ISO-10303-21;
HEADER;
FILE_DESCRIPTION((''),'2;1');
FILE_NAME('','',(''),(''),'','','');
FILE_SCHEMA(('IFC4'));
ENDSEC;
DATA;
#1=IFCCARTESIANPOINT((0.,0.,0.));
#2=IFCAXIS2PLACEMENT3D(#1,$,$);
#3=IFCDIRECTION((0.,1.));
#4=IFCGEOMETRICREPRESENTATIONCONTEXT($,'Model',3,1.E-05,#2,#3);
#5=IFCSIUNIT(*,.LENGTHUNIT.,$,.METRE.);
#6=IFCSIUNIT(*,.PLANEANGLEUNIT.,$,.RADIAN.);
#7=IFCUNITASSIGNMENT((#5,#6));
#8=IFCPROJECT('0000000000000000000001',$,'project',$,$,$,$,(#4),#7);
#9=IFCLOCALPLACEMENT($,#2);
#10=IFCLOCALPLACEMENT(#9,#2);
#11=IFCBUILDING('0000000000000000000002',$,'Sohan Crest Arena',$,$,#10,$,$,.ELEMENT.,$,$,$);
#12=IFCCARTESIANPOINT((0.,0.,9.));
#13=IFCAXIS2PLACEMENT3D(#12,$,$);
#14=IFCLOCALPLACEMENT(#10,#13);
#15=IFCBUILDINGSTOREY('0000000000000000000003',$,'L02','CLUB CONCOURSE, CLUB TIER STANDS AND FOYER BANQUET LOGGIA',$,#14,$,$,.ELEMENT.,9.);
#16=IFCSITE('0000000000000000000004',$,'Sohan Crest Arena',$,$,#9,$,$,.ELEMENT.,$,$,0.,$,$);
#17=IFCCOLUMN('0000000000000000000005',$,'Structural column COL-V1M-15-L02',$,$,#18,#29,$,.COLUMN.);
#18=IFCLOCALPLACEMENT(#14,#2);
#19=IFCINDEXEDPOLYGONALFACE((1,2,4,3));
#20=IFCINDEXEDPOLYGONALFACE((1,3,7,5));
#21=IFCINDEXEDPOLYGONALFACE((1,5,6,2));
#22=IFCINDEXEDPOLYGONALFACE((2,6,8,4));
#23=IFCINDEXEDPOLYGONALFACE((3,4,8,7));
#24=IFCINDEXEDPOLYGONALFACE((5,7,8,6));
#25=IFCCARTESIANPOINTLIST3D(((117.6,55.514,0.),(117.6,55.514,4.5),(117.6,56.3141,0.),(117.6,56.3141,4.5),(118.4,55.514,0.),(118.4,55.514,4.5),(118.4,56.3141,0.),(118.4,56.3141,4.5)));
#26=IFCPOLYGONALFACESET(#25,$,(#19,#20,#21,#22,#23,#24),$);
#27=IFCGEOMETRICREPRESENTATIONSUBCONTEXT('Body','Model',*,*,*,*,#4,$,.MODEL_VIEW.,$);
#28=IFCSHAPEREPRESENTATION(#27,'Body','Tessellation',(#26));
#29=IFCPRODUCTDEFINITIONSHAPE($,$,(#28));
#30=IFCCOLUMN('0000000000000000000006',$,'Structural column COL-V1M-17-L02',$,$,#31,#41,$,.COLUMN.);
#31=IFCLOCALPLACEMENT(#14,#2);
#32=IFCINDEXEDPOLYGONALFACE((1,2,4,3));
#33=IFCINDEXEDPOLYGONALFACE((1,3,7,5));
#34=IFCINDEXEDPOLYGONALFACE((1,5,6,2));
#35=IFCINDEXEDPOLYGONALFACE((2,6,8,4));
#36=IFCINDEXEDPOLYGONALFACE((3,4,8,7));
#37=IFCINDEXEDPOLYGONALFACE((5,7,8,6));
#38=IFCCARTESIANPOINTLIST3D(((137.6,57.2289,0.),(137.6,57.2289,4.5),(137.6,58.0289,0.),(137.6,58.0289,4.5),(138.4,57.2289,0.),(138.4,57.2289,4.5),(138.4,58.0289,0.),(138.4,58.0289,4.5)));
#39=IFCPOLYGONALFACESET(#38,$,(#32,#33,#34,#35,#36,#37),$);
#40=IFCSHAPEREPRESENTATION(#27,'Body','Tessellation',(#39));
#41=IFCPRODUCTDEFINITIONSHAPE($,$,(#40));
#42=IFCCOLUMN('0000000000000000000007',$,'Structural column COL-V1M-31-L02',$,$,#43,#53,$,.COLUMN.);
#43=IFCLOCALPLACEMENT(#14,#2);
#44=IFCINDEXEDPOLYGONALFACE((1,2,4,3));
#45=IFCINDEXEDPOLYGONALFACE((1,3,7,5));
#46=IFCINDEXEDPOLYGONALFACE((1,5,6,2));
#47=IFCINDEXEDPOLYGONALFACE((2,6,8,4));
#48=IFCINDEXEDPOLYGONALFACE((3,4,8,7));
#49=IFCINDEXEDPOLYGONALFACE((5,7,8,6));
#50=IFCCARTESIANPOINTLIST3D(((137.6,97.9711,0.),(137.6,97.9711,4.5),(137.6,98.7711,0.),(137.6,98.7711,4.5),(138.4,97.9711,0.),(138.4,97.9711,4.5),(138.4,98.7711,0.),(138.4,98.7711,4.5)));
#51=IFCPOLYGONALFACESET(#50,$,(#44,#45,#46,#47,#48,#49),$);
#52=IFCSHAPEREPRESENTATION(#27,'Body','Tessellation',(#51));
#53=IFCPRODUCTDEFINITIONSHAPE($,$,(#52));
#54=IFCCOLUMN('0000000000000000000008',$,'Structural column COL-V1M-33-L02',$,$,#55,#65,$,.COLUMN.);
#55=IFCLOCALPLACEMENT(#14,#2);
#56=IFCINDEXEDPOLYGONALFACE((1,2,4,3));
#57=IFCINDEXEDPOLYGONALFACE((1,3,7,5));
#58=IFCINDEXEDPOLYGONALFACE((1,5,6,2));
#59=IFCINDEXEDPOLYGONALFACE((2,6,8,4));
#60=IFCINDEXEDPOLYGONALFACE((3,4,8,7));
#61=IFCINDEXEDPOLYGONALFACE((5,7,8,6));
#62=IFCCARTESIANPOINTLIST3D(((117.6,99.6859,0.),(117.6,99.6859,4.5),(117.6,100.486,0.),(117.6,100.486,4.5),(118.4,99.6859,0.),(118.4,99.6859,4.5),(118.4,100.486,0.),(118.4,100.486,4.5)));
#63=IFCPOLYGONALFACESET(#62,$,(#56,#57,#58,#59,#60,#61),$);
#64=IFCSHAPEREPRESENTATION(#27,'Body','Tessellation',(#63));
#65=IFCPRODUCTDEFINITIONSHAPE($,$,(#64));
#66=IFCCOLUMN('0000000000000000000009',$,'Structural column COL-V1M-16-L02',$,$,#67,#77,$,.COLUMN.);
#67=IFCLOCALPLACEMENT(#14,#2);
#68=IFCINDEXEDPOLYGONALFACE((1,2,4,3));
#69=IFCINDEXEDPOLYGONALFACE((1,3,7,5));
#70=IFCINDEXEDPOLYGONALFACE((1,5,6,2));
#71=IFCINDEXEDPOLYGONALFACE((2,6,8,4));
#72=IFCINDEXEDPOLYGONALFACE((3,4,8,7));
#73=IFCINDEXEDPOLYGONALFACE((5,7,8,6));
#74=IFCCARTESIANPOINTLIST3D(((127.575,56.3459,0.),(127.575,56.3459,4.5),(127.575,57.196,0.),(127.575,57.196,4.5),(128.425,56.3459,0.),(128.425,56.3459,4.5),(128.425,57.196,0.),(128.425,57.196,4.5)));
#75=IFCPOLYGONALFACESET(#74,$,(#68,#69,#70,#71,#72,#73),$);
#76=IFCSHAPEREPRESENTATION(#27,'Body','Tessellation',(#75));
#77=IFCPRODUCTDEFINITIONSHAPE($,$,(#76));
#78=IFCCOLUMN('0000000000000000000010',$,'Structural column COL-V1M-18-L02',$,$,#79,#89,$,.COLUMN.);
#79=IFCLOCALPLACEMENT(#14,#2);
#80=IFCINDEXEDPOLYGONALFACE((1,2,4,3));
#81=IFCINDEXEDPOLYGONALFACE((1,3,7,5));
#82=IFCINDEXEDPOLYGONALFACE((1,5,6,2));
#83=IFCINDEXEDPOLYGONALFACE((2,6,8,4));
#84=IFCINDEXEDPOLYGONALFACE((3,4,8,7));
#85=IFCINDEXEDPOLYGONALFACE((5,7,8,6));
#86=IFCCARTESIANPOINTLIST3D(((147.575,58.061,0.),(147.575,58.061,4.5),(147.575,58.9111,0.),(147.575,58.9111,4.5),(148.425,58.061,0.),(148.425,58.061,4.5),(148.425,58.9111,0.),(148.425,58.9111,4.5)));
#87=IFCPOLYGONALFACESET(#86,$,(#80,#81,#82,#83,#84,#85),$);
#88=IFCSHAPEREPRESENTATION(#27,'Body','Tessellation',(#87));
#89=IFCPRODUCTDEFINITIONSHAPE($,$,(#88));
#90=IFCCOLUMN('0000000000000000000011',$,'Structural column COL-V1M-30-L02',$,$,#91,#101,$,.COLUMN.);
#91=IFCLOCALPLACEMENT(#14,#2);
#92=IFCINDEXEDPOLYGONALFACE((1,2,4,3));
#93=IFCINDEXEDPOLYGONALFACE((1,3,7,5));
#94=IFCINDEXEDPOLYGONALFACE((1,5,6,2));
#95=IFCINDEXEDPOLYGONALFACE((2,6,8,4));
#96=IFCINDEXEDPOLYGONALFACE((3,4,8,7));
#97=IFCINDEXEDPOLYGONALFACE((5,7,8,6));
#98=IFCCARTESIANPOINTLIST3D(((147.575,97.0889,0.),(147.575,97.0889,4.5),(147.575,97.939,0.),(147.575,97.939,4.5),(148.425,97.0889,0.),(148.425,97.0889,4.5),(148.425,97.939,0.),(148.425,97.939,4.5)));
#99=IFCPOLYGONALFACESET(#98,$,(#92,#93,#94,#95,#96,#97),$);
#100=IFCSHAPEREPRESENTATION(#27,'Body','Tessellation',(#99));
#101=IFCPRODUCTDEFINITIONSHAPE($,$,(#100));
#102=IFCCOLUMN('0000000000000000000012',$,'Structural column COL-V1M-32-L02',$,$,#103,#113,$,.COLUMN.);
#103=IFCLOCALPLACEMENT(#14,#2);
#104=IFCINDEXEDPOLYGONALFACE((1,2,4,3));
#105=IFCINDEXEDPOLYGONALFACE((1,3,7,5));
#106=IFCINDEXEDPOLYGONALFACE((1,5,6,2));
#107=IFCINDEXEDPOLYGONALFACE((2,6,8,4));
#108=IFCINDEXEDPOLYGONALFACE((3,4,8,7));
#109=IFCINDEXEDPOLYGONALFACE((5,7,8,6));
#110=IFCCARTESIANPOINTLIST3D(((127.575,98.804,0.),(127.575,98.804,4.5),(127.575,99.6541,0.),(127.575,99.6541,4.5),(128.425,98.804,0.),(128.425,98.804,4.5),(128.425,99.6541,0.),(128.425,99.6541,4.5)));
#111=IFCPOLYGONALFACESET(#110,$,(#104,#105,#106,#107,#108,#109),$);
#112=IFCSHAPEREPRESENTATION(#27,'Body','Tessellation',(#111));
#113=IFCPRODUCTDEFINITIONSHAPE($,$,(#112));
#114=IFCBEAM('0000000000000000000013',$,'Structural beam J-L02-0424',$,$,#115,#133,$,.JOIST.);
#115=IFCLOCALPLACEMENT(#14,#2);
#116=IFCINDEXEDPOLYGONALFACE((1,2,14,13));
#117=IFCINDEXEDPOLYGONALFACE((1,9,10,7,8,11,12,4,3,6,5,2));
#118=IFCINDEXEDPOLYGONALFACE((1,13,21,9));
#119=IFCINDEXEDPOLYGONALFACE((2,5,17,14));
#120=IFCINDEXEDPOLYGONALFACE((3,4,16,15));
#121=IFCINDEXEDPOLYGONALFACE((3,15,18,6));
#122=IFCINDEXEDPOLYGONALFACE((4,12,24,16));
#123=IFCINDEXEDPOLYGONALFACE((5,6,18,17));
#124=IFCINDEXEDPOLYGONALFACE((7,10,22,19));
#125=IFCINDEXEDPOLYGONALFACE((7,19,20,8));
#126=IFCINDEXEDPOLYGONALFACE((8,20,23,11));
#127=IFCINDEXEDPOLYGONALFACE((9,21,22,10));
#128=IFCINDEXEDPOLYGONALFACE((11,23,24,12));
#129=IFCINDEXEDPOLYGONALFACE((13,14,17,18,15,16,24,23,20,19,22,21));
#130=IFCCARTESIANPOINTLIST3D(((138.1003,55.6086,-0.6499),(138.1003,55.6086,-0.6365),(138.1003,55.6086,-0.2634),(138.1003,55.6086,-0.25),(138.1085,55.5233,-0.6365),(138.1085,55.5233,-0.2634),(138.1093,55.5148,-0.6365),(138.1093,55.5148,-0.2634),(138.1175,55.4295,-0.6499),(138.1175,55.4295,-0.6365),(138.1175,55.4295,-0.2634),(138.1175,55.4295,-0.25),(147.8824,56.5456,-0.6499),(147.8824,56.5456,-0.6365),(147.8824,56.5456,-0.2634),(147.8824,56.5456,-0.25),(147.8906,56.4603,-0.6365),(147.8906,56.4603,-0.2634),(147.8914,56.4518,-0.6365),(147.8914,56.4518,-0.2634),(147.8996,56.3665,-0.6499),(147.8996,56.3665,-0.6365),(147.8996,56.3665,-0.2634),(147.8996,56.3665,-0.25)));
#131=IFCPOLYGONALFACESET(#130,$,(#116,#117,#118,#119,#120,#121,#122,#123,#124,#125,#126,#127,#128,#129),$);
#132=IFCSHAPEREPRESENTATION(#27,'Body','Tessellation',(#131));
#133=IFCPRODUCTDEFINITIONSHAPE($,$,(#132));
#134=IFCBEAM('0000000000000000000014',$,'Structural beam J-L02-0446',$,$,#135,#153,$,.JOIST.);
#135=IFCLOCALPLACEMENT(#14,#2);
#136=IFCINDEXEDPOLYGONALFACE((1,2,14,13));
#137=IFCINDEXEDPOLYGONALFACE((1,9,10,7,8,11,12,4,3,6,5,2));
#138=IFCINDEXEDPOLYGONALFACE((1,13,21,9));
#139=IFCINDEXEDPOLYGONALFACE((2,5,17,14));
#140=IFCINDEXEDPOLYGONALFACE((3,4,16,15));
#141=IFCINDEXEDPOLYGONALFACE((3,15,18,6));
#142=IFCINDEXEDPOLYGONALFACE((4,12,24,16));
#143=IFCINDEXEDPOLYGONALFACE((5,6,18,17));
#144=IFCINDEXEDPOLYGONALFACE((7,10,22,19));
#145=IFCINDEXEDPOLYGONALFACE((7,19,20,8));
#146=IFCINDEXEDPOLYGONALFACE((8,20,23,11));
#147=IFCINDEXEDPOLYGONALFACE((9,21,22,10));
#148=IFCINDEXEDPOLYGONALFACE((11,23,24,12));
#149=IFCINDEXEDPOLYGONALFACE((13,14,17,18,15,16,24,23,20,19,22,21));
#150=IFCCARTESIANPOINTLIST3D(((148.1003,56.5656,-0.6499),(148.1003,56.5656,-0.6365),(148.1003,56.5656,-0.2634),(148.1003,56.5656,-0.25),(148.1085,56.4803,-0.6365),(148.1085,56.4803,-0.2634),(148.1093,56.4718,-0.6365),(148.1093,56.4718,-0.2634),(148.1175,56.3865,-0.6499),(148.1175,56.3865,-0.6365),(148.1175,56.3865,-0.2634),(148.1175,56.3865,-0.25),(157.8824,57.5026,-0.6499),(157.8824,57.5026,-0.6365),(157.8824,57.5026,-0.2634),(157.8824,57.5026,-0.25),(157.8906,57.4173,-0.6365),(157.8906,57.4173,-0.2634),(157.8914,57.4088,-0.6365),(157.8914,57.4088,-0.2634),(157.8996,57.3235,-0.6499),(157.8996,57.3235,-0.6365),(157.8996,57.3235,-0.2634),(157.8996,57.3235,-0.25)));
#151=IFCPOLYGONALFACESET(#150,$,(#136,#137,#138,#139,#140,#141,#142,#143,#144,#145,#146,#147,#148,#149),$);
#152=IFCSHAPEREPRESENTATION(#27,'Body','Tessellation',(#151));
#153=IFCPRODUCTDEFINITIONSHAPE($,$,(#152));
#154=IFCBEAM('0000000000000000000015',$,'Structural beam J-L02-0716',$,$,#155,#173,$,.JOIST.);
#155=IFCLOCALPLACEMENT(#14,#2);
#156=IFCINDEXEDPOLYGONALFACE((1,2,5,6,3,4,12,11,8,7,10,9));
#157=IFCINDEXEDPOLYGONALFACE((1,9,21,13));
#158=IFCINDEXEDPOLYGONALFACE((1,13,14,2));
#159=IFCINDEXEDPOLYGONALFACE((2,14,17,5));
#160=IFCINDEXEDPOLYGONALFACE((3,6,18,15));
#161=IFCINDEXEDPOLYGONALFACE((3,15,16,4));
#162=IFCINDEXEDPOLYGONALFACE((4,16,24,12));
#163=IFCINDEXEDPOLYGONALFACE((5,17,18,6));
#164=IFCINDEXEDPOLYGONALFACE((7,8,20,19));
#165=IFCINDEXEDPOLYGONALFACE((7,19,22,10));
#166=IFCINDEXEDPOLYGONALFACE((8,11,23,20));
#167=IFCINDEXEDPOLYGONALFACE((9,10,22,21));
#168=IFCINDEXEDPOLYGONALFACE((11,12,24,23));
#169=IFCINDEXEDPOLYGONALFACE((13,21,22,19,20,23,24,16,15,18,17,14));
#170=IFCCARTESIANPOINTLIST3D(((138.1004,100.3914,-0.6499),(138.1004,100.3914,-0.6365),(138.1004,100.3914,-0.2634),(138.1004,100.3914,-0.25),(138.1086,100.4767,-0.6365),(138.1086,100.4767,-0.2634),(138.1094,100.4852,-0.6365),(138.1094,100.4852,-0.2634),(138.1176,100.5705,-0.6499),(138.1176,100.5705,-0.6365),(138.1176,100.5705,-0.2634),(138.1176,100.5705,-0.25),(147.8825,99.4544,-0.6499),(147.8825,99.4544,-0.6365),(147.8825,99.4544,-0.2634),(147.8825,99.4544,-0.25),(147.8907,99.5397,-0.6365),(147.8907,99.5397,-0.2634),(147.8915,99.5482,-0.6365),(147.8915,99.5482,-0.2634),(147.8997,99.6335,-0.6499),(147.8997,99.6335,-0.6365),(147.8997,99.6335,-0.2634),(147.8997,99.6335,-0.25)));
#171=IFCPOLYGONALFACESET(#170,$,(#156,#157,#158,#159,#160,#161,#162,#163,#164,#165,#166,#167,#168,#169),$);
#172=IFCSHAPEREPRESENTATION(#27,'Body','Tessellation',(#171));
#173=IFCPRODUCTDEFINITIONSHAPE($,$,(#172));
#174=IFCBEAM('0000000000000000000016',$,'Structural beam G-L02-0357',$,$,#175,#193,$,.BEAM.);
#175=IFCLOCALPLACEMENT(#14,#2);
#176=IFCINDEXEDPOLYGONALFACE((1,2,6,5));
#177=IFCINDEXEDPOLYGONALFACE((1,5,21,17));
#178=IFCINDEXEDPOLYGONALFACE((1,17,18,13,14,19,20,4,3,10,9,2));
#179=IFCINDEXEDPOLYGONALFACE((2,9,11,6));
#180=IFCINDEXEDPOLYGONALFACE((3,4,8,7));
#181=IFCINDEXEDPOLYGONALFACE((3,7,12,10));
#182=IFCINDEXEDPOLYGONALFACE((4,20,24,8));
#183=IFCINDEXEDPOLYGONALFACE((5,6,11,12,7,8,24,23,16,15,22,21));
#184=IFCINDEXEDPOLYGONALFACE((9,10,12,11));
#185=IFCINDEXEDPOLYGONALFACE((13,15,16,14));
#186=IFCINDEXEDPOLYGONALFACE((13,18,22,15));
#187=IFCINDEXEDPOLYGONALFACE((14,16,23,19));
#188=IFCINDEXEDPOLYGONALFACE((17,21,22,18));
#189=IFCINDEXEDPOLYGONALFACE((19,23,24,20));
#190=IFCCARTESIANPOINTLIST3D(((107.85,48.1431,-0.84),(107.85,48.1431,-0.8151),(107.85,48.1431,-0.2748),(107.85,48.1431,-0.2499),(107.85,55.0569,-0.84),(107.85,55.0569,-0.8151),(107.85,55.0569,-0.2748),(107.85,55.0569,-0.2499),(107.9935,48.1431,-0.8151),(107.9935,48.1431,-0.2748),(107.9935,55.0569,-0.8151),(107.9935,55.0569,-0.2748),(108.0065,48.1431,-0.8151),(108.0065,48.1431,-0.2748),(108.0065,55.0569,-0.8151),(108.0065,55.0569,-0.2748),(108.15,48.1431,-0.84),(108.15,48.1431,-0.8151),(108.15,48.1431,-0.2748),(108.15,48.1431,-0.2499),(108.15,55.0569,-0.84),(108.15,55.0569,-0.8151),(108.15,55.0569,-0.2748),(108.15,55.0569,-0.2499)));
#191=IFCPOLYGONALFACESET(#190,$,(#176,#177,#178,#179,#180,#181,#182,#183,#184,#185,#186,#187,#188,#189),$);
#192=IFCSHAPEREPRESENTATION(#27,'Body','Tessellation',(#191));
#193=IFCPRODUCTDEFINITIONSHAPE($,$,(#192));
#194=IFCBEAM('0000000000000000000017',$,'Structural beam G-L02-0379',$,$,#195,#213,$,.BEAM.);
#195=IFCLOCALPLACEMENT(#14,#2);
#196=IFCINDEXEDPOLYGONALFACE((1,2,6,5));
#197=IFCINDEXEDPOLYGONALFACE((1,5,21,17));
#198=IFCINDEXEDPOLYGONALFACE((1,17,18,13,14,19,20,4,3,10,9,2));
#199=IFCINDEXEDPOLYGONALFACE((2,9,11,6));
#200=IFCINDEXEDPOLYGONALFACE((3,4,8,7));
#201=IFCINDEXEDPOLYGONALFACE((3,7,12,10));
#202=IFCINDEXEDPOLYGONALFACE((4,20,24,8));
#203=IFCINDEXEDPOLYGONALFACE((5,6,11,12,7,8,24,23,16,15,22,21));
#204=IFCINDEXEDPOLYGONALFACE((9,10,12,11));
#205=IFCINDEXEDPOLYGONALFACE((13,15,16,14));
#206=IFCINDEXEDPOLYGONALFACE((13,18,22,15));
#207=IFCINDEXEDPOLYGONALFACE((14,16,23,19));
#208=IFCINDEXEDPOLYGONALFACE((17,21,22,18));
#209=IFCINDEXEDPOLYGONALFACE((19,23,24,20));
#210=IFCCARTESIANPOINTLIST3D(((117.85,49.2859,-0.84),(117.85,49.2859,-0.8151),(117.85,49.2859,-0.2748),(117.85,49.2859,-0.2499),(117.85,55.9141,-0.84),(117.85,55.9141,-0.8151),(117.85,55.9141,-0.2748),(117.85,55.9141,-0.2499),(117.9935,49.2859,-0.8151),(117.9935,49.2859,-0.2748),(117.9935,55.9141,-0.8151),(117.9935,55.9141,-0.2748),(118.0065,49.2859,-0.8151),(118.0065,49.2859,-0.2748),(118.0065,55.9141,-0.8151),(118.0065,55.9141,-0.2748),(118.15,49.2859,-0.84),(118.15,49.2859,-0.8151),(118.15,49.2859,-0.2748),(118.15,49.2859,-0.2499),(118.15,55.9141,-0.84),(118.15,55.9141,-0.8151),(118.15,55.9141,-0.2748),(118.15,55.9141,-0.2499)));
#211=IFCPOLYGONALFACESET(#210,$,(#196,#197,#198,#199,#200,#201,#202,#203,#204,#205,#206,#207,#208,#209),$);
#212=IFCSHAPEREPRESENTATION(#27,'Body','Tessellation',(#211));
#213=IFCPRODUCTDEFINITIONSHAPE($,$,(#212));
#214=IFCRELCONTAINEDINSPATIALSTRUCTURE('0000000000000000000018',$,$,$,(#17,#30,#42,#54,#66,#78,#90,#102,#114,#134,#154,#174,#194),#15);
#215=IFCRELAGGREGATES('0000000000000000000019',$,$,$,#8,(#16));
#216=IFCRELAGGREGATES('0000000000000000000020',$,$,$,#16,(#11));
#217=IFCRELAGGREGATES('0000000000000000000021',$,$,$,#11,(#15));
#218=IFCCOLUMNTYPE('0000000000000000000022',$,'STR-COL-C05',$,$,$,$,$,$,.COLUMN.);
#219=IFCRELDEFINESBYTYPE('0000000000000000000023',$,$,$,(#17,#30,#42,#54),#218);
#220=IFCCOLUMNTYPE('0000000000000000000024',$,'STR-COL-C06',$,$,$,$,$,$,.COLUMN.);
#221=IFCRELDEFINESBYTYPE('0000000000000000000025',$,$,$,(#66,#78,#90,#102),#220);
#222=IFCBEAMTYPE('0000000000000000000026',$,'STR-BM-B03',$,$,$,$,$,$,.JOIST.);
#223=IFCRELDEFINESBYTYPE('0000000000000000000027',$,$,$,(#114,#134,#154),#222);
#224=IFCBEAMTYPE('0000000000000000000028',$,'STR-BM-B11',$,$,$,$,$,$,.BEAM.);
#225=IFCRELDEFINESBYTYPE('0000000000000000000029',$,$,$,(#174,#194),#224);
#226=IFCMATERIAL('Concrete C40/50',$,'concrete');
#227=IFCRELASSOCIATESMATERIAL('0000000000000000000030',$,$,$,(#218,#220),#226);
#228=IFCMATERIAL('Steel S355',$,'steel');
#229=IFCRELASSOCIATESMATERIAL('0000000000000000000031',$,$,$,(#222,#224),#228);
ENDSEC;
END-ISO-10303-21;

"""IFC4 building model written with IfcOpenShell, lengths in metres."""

from ifc_helpers import new_model, si_unit, direction, frame, origin, origin_2d, place, context, subcontext, project, spatial, rectangle, i_section, extrude, material, material_profile, profile_set, type_object, element, save


model = new_model("IFC4")

# Units and contexts
model_context = context("Model", 3, precision=1e-05, world=origin(), true_north=direction((0.0, 1.0)))
body_context = subcontext(model_context, "Body", "Model", "MODEL_VIEW")
ifc_project = project(units=[si_unit("LENGTHUNIT", "METRE"), si_unit("PLANEANGLEUNIT", "RADIAN")], contexts=[model_context])

# Site, building, storey
site_placement = place(None, origin())
site = spatial("IfcSite", under=ifc_project, at=site_placement, Name="Sohan Crest Arena", CompositionType="ELEMENT", RefElevation=0.0)
building_placement = place(site_placement, origin())
building = spatial("IfcBuilding", under=site, at=building_placement, Name="Sohan Crest Arena", CompositionType="ELEMENT")
storey_placement = place(building_placement, frame((0.0, 0.0, 9.0)))
storey = spatial("IfcBuildingStorey", under=building, at=storey_placement, Name="L02", Description="CLUB CONCOURSE, CLUB TIER STANDS AND FOYER BANQUET LOGGIA", CompositionType="ELEMENT", Elevation=9.0)

# Columns
ifc_material_1 = material(Name="Concrete C40/50", Category="concrete")
ifc_material_profile_1 = material_profile(ifc_material_1, rectangle(XDim=0.8, YDim=0.8, at=origin_2d()), Name="RC 800x800")
ifc_profile_set_1 = profile_set([ifc_material_profile_1], Name="Concrete C40/50")
column_type_1 = type_object("IfcColumnType", Name="STR-COL-C05", PredefinedType="COLUMN", material=ifc_profile_set_1)
for number, where, z_axis, x_axis, name in (
    (1, (118.0, 55.9141, 0.0), (0.0, 0.0, 1.0), (1.0, 0.0, 0.0), "Structural column COL-V1M-15-L02"),
    (2, (138.0, 57.6289, 0.0), (0.0, 0.0, 1.0), (1.0, 0.0, 0.0), "Structural column COL-V1M-17-L02"),
    (3, (138.0, 98.3711, 0.0), (0.0, 0.0, 1.0), (1.0, 0.0, 0.0), "Structural column COL-V1M-31-L02"),
    (4, (118.0, 100.0859, 0.0), (0.0, 0.0, 1.0), (1.0, 0.0, 0.0), "Structural column COL-V1M-33-L02"),
):
    element("IfcColumn", number, at=place(storey_placement, frame(where, z_axis=z_axis, x_axis=x_axis)), inside=storey, type_object=column_type_1, Name=name, PredefinedType="COLUMN", context=body_context, shape_type="SweptSolid", body=[
        extrude(rectangle(XDim=0.8, YDim=0.8, at=origin_2d()), origin(), (0.0, 0.0, 1.0), 4.5),
    ])
ifc_material_profile_2 = material_profile(ifc_material_1, rectangle(XDim=0.8501, YDim=0.8501, at=origin_2d()), Name="RC 850x850")
ifc_profile_set_2 = profile_set([ifc_material_profile_2], Name="Concrete C40/50")
column_type_2 = type_object("IfcColumnType", Name="STR-COL-C06", PredefinedType="COLUMN", material=ifc_profile_set_2)
for number, where, z_axis, x_axis, name in (
    (5, (128.0, 56.771, 0.0), (0.0, 0.0, 1.0), (1.0, 0.0, 0.0), "Structural column COL-V1M-16-L02"),
    (6, (148.0, 58.4861, 0.0), (0.0, 0.0, 1.0), (1.0, 0.0, 0.0), "Structural column COL-V1M-18-L02"),
    (7, (148.0, 97.5139, 0.0), (0.0, 0.0, 1.0), (1.0, 0.0, 0.0), "Structural column COL-V1M-30-L02"),
    (8, (128.0, 99.229, 0.0), (0.0, 0.0, 1.0), (1.0, 0.0, 0.0), "Structural column COL-V1M-32-L02"),
):
    element("IfcColumn", number, at=place(storey_placement, frame(where, z_axis=z_axis, x_axis=x_axis)), inside=storey, type_object=column_type_2, Name=name, PredefinedType="COLUMN", context=body_context, shape_type="SweptSolid", body=[
        extrude(rectangle(XDim=0.8501, YDim=0.8501, at=origin_2d()), origin(), (0.0, 0.0, 1.0), 4.5),
    ])

# Beams
ifc_material_2 = material(Name="Steel S355", Category="steel")
ifc_material_profile_3 = material_profile(ifc_material_2, i_section(OverallWidth=0.1799, OverallDepth=0.3999, WebThickness=0.0085, FlangeThickness=0.0134, at=origin_2d()), Name="IPE 400")
ifc_profile_set_3 = profile_set([ifc_material_profile_3], Name="Steel S355")
beam_type_1 = type_object("IfcBeamType", Name="STR-BM-B03", PredefinedType="JOIST", material=ifc_profile_set_3)
for number, where, z_axis, x_axis, name in (
    (9, (138.1089, 55.519, -0.45), (0.995444, 0.095351, 0.0), (-0.095351, 0.995444, 0.0), "Structural beam J-L02-0424"),
    (10, (148.1089, 56.4761, -0.45), (0.995444, 0.095351, 0.0), (-0.095351, 0.995444, 0.0), "Structural beam J-L02-0446"),
    (11, (147.8911, 99.5439, -0.45), (-0.995444, 0.095351, 0.0), (-0.095351, -0.995444, 0.0), "Structural beam J-L02-0716"),
):
    element("IfcBeam", number, at=place(storey_placement, frame(where, z_axis=z_axis, x_axis=x_axis)), inside=storey, type_object=beam_type_1, Name=name, PredefinedType="JOIST", context=body_context, shape_type="SweptSolid", body=[
        extrude(i_section(OverallWidth=0.1799, OverallDepth=0.3999, WebThickness=0.0085, FlangeThickness=0.0134, at=origin_2d()), origin(), (0.0, 0.0, 1.0), 9.8269),
    ])
ifc_material_profile_4 = material_profile(ifc_material_2, i_section(OverallWidth=0.3, OverallDepth=0.5901, WebThickness=0.0129, FlangeThickness=0.0249, at=origin_2d()), Name="HEA 600")
ifc_profile_set_4 = profile_set([ifc_material_profile_4], Name="Steel S355")
beam_type_2 = type_object("IfcBeamType", Name="STR-BM-B11", PredefinedType="BEAM", material=ifc_profile_set_4)
beam_1_placement = place(storey_placement, frame((108.0, 55.0569, -0.5449), z_axis=(0.0, -1.0, 0.0), x_axis=(1.0, 0.0, 0.0)))
element("IfcBeam", 12, at=beam_1_placement, inside=storey, type_object=beam_type_2, Name="Structural beam G-L02-0357", PredefinedType="BEAM", context=body_context, shape_type="SweptSolid", body=[
    extrude(i_section(OverallWidth=0.3, OverallDepth=0.5901, WebThickness=0.0129, FlangeThickness=0.0249, at=origin_2d()), origin(), (0.0, 0.0, 1.0), 6.9138),
])
beam_2_placement = place(storey_placement, frame((118.0, 55.9141, -0.5449), z_axis=(0.0, -1.0, 0.0), x_axis=(1.0, 0.0, 0.0)))
element("IfcBeam", 13, at=beam_2_placement, inside=storey, type_object=beam_type_2, Name="Structural beam G-L02-0379", PredefinedType="BEAM", context=body_context, shape_type="SweptSolid", body=[
    extrude(i_section(OverallWidth=0.3, OverallDepth=0.5901, WebThickness=0.0129, FlangeThickness=0.0249, at=origin_2d()), origin(), (0.0, 0.0, 1.0), 6.6282),
])

save(model, "model.ifc")
